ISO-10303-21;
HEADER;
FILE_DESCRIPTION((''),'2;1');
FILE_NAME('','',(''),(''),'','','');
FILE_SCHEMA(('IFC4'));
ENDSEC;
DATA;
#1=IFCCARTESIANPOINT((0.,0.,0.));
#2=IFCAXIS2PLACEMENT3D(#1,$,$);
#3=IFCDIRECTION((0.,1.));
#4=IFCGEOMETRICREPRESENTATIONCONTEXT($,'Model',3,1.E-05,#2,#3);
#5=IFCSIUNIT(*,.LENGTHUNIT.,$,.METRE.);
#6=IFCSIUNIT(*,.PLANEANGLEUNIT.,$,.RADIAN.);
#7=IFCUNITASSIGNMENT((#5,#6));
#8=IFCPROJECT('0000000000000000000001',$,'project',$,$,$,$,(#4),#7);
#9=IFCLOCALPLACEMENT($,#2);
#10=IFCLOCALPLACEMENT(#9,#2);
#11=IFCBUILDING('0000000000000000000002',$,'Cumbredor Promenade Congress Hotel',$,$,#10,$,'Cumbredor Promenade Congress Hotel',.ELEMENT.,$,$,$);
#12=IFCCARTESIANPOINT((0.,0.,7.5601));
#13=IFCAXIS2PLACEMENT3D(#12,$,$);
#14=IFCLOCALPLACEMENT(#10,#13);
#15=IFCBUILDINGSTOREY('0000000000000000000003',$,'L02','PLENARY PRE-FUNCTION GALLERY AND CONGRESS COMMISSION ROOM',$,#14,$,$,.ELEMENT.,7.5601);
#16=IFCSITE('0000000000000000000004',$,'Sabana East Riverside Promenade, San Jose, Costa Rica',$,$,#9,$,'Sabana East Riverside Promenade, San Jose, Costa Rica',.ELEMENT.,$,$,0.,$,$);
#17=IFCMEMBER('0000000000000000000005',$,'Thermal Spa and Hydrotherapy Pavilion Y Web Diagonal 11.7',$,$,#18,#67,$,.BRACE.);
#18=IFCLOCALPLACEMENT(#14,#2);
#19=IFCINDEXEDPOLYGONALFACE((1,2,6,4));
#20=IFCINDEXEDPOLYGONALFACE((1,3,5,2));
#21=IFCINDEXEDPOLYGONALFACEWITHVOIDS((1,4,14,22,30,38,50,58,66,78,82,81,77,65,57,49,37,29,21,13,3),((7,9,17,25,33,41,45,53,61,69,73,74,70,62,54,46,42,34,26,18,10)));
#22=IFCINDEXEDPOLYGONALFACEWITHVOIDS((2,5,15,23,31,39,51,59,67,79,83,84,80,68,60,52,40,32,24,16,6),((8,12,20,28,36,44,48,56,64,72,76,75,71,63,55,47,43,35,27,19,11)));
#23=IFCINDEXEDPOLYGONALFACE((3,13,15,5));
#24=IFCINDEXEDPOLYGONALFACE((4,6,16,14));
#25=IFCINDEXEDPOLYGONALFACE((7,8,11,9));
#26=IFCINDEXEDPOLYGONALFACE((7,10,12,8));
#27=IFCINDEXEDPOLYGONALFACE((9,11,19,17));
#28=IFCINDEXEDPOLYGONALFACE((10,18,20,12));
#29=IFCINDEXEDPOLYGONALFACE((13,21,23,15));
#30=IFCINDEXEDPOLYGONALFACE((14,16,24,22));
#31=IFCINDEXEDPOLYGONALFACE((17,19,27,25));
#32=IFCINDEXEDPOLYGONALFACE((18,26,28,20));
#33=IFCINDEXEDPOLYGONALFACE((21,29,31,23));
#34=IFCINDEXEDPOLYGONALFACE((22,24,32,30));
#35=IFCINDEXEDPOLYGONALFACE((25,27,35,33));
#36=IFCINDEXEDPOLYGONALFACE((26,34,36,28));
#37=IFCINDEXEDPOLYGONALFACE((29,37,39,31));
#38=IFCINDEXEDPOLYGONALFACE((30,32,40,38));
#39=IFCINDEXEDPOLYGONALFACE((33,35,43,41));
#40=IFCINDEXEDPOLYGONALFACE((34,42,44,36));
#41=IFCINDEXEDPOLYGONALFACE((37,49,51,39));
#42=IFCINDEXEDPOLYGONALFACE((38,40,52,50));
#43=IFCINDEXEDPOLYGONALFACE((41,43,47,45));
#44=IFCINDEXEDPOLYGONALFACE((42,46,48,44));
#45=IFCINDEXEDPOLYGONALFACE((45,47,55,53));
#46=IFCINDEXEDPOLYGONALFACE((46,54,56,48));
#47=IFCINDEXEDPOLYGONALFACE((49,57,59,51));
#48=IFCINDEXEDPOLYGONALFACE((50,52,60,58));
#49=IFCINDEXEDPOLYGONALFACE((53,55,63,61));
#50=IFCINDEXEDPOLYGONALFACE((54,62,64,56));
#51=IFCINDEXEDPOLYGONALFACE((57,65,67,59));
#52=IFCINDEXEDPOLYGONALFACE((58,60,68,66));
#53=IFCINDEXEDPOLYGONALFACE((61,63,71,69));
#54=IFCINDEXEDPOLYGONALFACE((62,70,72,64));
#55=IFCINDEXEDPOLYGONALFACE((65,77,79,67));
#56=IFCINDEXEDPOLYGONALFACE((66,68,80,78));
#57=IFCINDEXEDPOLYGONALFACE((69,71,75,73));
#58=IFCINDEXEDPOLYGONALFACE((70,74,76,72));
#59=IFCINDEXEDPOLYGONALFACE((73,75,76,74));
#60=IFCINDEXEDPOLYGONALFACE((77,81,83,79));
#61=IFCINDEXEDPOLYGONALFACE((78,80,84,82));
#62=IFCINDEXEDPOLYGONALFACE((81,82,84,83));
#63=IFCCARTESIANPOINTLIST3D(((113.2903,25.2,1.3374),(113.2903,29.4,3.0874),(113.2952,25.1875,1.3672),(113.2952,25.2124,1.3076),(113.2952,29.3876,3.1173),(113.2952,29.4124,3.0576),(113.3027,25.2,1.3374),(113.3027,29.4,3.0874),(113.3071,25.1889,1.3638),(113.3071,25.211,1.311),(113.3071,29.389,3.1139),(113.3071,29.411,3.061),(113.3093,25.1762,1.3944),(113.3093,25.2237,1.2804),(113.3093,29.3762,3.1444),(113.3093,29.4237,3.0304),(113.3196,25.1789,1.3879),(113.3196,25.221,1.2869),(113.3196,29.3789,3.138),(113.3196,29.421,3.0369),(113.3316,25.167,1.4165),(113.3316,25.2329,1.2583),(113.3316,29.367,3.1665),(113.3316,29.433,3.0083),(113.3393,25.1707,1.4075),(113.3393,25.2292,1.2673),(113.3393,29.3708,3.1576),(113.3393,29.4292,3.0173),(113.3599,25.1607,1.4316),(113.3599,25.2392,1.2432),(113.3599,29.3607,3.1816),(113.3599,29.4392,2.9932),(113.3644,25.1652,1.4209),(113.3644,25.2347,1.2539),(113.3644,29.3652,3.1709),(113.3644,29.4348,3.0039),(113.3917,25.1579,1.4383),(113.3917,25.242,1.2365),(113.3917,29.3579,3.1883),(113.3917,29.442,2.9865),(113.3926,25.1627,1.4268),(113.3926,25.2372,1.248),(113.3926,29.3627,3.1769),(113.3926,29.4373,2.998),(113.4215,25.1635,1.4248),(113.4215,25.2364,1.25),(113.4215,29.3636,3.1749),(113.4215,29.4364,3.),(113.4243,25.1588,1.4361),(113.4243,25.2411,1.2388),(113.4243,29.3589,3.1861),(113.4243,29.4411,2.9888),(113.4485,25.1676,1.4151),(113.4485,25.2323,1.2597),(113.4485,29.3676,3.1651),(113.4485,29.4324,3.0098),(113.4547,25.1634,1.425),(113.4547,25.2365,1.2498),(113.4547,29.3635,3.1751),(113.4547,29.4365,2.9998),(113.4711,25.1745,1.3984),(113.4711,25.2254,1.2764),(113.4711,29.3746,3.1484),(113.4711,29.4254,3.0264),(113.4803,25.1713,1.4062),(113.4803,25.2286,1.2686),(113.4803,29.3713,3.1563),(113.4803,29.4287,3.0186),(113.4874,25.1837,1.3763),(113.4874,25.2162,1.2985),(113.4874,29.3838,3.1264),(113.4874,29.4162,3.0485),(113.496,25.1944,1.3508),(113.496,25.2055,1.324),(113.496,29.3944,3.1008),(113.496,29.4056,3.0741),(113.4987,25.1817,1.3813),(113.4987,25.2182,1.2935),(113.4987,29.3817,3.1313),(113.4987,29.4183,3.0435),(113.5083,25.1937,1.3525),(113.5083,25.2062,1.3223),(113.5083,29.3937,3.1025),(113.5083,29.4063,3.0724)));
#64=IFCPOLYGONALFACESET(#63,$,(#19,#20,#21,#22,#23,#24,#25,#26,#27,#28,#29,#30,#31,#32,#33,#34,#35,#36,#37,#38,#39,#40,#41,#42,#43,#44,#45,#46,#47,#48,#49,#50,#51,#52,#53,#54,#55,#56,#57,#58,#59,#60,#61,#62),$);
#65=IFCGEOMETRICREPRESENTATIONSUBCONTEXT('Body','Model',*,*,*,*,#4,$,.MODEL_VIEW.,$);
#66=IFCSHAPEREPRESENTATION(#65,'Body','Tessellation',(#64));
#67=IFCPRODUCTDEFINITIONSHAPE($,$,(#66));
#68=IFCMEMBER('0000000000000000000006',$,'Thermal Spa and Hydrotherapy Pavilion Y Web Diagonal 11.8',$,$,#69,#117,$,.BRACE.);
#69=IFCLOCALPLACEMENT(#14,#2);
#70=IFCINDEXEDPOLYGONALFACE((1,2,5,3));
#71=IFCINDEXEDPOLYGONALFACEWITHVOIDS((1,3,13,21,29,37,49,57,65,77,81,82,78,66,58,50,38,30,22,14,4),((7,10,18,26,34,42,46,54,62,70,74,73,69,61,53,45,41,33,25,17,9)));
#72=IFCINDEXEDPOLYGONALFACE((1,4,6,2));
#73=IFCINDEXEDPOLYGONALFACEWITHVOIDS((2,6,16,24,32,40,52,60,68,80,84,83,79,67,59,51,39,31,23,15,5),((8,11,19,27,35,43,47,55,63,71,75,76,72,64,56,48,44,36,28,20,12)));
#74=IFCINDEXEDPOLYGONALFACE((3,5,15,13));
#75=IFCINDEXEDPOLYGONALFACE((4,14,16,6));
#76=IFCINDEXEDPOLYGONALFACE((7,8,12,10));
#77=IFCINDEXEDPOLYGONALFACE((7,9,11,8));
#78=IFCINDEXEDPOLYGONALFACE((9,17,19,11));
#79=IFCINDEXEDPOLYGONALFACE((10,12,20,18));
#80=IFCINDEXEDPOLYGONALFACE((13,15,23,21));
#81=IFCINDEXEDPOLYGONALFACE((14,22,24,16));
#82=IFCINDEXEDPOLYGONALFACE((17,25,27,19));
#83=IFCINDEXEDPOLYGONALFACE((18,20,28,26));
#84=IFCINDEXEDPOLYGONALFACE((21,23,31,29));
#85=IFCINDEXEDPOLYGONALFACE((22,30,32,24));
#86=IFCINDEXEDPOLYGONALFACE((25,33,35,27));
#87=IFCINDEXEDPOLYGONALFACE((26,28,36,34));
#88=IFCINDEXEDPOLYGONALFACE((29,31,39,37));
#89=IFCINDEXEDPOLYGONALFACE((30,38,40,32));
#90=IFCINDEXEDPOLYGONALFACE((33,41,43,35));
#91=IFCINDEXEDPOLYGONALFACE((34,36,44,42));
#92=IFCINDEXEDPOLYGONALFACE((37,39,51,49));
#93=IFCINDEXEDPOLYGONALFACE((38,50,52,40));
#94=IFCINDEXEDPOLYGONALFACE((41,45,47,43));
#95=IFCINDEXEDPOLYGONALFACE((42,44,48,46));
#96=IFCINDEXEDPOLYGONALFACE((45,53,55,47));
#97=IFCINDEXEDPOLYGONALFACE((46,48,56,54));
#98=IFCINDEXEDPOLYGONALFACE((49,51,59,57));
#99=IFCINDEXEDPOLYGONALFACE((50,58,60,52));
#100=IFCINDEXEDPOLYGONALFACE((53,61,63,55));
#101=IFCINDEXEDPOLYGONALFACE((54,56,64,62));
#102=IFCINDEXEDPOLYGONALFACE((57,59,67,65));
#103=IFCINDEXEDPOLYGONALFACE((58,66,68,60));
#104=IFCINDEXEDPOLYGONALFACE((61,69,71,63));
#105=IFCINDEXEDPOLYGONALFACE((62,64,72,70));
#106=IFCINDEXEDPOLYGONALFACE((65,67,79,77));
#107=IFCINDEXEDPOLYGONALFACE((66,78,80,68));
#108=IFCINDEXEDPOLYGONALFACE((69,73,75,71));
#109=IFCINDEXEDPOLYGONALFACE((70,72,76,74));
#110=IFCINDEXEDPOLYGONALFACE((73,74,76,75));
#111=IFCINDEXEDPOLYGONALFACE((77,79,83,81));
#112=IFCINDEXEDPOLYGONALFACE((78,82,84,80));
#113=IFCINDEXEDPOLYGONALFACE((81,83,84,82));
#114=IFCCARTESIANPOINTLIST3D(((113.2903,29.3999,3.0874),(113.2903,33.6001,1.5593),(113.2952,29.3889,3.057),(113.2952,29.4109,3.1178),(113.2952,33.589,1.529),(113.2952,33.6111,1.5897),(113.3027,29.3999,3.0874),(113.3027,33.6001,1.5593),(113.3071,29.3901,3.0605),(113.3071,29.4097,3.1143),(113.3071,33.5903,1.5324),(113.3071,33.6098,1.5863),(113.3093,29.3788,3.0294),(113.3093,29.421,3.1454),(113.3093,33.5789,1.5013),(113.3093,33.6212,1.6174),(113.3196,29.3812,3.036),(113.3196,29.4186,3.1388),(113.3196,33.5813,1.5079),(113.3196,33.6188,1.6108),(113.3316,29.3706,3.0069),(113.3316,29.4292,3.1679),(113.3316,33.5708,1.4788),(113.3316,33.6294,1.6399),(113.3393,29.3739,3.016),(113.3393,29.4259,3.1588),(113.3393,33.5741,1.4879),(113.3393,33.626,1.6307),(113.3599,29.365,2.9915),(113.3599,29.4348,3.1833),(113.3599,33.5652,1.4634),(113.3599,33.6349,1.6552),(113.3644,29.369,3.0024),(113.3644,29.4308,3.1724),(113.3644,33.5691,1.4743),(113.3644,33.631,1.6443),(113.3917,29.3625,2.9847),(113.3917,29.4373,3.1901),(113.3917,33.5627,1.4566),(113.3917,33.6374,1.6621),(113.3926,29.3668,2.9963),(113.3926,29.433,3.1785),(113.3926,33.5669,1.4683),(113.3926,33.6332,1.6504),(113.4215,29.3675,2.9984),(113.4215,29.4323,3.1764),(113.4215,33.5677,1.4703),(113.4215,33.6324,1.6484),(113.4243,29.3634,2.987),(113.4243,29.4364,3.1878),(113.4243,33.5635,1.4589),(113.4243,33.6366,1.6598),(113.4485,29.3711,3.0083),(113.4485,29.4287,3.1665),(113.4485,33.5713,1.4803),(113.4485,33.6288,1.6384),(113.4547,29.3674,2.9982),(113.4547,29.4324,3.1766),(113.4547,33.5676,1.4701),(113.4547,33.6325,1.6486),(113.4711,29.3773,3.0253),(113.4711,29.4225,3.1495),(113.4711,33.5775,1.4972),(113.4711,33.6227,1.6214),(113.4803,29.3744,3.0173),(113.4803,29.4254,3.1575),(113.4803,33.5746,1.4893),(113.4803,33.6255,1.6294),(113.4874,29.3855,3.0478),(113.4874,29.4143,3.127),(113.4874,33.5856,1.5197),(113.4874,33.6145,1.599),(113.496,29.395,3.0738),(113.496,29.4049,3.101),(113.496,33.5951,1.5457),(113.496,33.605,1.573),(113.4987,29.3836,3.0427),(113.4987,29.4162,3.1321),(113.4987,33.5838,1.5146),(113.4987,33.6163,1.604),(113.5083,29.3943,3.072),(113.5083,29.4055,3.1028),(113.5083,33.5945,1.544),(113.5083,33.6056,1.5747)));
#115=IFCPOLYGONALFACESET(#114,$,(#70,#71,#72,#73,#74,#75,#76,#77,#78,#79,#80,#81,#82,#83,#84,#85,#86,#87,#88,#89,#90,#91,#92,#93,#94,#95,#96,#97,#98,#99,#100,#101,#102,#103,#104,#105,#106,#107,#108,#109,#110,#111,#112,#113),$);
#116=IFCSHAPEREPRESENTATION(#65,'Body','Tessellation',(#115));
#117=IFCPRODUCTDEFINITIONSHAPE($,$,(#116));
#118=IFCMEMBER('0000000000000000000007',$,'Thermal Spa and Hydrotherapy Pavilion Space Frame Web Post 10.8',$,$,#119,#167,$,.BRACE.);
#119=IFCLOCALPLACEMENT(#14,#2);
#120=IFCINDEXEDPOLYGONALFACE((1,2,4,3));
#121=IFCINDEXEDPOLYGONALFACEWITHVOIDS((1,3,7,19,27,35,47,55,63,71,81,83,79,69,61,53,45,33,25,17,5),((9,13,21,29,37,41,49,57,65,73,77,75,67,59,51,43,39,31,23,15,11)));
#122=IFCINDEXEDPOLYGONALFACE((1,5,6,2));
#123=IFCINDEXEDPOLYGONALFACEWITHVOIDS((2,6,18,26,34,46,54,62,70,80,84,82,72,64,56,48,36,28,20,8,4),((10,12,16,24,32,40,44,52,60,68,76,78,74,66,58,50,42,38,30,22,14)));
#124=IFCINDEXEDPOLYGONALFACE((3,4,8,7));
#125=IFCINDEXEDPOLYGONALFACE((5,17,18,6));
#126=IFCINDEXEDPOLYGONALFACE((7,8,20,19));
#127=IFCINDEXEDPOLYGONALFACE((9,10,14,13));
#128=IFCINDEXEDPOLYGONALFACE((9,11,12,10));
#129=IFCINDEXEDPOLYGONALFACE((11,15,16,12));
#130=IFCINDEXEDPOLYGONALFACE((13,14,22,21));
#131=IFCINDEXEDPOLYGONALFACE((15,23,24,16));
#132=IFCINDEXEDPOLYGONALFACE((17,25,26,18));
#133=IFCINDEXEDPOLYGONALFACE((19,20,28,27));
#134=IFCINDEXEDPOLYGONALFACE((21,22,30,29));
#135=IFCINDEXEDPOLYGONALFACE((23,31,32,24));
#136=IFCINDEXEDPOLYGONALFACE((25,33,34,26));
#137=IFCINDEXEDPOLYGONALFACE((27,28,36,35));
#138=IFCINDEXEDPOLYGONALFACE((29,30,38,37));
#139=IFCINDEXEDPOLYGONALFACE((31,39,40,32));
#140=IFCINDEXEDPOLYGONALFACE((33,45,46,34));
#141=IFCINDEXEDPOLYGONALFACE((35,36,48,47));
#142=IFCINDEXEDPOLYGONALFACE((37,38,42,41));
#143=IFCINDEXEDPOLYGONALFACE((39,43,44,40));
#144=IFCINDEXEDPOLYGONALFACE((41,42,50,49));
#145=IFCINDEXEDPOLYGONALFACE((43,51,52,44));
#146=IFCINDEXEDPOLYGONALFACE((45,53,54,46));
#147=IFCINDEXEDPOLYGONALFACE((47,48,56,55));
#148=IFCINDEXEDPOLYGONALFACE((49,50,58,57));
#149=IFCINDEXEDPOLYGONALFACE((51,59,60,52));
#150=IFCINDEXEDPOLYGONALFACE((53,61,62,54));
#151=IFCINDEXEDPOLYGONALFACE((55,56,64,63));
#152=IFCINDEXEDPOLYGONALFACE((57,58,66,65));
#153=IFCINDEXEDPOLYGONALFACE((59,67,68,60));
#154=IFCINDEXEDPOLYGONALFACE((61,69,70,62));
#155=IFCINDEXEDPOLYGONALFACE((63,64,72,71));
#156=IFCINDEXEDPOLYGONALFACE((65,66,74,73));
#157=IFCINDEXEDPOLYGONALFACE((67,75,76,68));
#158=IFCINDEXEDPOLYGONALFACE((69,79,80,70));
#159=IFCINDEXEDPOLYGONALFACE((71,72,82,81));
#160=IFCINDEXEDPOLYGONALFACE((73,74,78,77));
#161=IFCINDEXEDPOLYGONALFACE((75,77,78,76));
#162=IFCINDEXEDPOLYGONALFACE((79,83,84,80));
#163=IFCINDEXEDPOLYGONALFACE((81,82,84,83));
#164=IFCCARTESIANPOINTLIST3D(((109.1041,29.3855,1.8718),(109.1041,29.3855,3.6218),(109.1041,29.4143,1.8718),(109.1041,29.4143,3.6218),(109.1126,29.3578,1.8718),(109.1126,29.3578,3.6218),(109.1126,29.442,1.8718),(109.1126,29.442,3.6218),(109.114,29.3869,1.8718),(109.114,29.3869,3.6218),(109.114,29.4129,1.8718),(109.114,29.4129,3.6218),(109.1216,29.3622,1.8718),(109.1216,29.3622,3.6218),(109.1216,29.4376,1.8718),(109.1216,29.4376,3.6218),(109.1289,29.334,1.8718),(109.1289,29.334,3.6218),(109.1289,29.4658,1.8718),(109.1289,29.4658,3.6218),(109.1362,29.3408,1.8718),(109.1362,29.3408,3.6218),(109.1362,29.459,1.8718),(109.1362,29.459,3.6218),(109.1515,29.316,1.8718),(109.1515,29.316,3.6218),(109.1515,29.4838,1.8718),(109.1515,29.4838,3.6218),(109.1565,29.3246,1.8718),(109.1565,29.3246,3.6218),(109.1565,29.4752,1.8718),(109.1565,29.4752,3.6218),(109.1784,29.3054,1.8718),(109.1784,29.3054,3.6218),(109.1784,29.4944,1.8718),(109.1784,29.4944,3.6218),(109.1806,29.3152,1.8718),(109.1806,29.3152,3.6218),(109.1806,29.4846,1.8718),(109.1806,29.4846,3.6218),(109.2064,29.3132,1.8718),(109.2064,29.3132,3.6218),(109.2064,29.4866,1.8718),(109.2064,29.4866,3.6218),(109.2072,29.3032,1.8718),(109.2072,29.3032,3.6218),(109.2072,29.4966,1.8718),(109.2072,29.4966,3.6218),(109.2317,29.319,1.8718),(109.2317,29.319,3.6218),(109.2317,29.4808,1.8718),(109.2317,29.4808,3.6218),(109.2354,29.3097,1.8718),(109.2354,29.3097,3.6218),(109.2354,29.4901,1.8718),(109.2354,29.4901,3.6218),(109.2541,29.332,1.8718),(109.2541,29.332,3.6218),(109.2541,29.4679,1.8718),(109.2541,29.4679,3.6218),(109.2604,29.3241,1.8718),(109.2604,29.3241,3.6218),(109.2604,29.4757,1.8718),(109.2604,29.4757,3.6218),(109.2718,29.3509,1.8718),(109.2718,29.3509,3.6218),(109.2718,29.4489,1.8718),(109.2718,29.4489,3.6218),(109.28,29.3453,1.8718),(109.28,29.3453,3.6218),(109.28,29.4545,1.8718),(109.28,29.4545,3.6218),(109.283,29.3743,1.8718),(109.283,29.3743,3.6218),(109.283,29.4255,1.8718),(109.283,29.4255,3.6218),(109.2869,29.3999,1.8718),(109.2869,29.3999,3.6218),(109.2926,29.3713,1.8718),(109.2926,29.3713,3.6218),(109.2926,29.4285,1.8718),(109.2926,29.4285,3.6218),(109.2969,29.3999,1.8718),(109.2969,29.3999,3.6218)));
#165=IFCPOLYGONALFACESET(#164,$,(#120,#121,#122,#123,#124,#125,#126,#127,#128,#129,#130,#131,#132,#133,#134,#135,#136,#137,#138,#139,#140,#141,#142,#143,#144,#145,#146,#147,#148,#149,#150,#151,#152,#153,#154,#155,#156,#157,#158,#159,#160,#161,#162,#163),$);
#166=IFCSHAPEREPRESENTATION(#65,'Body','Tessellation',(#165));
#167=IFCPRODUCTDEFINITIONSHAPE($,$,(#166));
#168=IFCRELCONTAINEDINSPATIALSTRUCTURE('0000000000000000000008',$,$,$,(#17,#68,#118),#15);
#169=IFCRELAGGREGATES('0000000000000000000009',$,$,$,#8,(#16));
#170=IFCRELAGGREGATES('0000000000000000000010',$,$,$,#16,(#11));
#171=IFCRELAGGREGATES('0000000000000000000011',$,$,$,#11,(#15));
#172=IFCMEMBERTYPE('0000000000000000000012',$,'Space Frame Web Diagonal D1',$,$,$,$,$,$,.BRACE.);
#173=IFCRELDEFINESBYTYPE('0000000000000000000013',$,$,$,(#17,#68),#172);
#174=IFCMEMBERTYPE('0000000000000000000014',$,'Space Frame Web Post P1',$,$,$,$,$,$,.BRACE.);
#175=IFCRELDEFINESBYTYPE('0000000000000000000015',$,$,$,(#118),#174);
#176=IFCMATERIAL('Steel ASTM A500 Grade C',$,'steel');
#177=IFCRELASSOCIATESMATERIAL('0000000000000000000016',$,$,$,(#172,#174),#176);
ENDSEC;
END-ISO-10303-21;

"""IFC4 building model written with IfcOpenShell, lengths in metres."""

from ifc_helpers import new_model, si_unit, direction, frame, origin, origin_2d, place, context, subcontext, project, spatial, hollow_circle, extrude, material, material_profile, profile_set, type_object, element, save


model = new_model("IFC4")

# Units and contexts
model_context = context("Model", 3, precision=1e-05, world=origin(), true_north=direction((0.0, 1.0)))
body_context = subcontext(model_context, "Body", "Model", "MODEL_VIEW")
ifc_project = project(units=[si_unit("LENGTHUNIT", "METRE"), si_unit("PLANEANGLEUNIT", "RADIAN")], contexts=[model_context])

# Site, building, storey
site_placement = place(None, origin())
site = spatial("IfcSite", under=ifc_project, at=site_placement, Name="Sabana East Riverside Promenade, San Jose, Costa Rica", LongName="Sabana East Riverside Promenade, San Jose, Costa Rica", CompositionType="ELEMENT", RefElevation=0.0)
building_placement = place(site_placement, origin())
building = spatial("IfcBuilding", under=site, at=building_placement, Name="Cumbredor Promenade Congress Hotel", LongName="Cumbredor Promenade Congress Hotel", CompositionType="ELEMENT")
storey_placement = place(building_placement, frame((0.0, 0.0, 7.5601)))
storey = spatial("IfcBuildingStorey", under=building, at=storey_placement, Name="L02", Description="PLENARY PRE-FUNCTION GALLERY AND CONGRESS COMMISSION ROOM", CompositionType="ELEMENT", Elevation=7.5601)

# Members
ifc_material_1 = material(Name="Steel ASTM A500 Grade C", Category="steel")
ifc_material_profile_1 = material_profile(ifc_material_1, hollow_circle(Radius=0.1096, WallThickness=0.0125, at=origin_2d()), Name="CHS 219.1x12.5")
ifc_profile_set_1 = profile_set([ifc_material_profile_1], Name="Steel ASTM A500 Grade C")
member_type_1 = type_object("IfcMemberType", Name="Space Frame Web Diagonal D1", PredefinedType="BRACE", material=ifc_profile_set_1)
member_1_placement = place(storey_placement, frame((113.3999, 25.2, 1.3374), z_axis=(0.0, 0.923075, 0.384619), x_axis=(-1.0, 0.0, 0.0)))
element("IfcMember", 1, at=member_1_placement, inside=storey, type_object=member_type_1, Name="Thermal Spa and Hydrotherapy Pavilion Y Web Diagonal 11.7", PredefinedType="BRACE", context=body_context, shape_type="SweptSolid", body=[
    extrude(hollow_circle(Radius=0.1096, WallThickness=0.0125, at=origin_2d()), origin(), (0.0, 0.0, 1.0), 4.55),
])
member_2_placement = place(storey_placement, frame((113.3999, 29.3999, 3.0874), z_axis=(0.0, 0.939741, -0.341888), x_axis=(-1.0, 0.0, 0.0)))
element("IfcMember", 2, at=member_2_placement, inside=storey, type_object=member_type_1, Name="Thermal Spa and Hydrotherapy Pavilion Y Web Diagonal 11.8", PredefinedType="BRACE", context=body_context, shape_type="SweptSolid", body=[
    extrude(hollow_circle(Radius=0.1096, WallThickness=0.0125, at=origin_2d()), origin(), (0.0, 0.0, 1.0), 4.4695),
])
ifc_material_profile_2 = material_profile(ifc_material_1, hollow_circle(Radius=0.0969, WallThickness=0.01, at=origin_2d()), Name="CHS 193.7x10")
ifc_profile_set_2 = profile_set([ifc_material_profile_2], Name="Steel ASTM A500 Grade C")
member_type_2 = type_object("IfcMemberType", Name="Space Frame Web Post P1", PredefinedType="BRACE", material=ifc_profile_set_2)
for number, where, z_axis, x_axis, name in (
    (3, (109.2, 29.3999, 1.8718), (0.0, 0.0, 1.0), (1.0, 0.0, 0.0), "Thermal Spa and Hydrotherapy Pavilion Space Frame Web Post 10.8"),
):
    element("IfcMember", number, at=place(storey_placement, frame(where, z_axis=z_axis, x_axis=x_axis)), inside=storey, type_object=member_type_2, Name=name, PredefinedType="BRACE", context=body_context, shape_type="SweptSolid", body=[
        extrude(hollow_circle(Radius=0.0969, WallThickness=0.01, at=origin_2d()), origin(), (0.0, 0.0, 1.0), 1.75),
    ])

save(model, "model.ifc")
